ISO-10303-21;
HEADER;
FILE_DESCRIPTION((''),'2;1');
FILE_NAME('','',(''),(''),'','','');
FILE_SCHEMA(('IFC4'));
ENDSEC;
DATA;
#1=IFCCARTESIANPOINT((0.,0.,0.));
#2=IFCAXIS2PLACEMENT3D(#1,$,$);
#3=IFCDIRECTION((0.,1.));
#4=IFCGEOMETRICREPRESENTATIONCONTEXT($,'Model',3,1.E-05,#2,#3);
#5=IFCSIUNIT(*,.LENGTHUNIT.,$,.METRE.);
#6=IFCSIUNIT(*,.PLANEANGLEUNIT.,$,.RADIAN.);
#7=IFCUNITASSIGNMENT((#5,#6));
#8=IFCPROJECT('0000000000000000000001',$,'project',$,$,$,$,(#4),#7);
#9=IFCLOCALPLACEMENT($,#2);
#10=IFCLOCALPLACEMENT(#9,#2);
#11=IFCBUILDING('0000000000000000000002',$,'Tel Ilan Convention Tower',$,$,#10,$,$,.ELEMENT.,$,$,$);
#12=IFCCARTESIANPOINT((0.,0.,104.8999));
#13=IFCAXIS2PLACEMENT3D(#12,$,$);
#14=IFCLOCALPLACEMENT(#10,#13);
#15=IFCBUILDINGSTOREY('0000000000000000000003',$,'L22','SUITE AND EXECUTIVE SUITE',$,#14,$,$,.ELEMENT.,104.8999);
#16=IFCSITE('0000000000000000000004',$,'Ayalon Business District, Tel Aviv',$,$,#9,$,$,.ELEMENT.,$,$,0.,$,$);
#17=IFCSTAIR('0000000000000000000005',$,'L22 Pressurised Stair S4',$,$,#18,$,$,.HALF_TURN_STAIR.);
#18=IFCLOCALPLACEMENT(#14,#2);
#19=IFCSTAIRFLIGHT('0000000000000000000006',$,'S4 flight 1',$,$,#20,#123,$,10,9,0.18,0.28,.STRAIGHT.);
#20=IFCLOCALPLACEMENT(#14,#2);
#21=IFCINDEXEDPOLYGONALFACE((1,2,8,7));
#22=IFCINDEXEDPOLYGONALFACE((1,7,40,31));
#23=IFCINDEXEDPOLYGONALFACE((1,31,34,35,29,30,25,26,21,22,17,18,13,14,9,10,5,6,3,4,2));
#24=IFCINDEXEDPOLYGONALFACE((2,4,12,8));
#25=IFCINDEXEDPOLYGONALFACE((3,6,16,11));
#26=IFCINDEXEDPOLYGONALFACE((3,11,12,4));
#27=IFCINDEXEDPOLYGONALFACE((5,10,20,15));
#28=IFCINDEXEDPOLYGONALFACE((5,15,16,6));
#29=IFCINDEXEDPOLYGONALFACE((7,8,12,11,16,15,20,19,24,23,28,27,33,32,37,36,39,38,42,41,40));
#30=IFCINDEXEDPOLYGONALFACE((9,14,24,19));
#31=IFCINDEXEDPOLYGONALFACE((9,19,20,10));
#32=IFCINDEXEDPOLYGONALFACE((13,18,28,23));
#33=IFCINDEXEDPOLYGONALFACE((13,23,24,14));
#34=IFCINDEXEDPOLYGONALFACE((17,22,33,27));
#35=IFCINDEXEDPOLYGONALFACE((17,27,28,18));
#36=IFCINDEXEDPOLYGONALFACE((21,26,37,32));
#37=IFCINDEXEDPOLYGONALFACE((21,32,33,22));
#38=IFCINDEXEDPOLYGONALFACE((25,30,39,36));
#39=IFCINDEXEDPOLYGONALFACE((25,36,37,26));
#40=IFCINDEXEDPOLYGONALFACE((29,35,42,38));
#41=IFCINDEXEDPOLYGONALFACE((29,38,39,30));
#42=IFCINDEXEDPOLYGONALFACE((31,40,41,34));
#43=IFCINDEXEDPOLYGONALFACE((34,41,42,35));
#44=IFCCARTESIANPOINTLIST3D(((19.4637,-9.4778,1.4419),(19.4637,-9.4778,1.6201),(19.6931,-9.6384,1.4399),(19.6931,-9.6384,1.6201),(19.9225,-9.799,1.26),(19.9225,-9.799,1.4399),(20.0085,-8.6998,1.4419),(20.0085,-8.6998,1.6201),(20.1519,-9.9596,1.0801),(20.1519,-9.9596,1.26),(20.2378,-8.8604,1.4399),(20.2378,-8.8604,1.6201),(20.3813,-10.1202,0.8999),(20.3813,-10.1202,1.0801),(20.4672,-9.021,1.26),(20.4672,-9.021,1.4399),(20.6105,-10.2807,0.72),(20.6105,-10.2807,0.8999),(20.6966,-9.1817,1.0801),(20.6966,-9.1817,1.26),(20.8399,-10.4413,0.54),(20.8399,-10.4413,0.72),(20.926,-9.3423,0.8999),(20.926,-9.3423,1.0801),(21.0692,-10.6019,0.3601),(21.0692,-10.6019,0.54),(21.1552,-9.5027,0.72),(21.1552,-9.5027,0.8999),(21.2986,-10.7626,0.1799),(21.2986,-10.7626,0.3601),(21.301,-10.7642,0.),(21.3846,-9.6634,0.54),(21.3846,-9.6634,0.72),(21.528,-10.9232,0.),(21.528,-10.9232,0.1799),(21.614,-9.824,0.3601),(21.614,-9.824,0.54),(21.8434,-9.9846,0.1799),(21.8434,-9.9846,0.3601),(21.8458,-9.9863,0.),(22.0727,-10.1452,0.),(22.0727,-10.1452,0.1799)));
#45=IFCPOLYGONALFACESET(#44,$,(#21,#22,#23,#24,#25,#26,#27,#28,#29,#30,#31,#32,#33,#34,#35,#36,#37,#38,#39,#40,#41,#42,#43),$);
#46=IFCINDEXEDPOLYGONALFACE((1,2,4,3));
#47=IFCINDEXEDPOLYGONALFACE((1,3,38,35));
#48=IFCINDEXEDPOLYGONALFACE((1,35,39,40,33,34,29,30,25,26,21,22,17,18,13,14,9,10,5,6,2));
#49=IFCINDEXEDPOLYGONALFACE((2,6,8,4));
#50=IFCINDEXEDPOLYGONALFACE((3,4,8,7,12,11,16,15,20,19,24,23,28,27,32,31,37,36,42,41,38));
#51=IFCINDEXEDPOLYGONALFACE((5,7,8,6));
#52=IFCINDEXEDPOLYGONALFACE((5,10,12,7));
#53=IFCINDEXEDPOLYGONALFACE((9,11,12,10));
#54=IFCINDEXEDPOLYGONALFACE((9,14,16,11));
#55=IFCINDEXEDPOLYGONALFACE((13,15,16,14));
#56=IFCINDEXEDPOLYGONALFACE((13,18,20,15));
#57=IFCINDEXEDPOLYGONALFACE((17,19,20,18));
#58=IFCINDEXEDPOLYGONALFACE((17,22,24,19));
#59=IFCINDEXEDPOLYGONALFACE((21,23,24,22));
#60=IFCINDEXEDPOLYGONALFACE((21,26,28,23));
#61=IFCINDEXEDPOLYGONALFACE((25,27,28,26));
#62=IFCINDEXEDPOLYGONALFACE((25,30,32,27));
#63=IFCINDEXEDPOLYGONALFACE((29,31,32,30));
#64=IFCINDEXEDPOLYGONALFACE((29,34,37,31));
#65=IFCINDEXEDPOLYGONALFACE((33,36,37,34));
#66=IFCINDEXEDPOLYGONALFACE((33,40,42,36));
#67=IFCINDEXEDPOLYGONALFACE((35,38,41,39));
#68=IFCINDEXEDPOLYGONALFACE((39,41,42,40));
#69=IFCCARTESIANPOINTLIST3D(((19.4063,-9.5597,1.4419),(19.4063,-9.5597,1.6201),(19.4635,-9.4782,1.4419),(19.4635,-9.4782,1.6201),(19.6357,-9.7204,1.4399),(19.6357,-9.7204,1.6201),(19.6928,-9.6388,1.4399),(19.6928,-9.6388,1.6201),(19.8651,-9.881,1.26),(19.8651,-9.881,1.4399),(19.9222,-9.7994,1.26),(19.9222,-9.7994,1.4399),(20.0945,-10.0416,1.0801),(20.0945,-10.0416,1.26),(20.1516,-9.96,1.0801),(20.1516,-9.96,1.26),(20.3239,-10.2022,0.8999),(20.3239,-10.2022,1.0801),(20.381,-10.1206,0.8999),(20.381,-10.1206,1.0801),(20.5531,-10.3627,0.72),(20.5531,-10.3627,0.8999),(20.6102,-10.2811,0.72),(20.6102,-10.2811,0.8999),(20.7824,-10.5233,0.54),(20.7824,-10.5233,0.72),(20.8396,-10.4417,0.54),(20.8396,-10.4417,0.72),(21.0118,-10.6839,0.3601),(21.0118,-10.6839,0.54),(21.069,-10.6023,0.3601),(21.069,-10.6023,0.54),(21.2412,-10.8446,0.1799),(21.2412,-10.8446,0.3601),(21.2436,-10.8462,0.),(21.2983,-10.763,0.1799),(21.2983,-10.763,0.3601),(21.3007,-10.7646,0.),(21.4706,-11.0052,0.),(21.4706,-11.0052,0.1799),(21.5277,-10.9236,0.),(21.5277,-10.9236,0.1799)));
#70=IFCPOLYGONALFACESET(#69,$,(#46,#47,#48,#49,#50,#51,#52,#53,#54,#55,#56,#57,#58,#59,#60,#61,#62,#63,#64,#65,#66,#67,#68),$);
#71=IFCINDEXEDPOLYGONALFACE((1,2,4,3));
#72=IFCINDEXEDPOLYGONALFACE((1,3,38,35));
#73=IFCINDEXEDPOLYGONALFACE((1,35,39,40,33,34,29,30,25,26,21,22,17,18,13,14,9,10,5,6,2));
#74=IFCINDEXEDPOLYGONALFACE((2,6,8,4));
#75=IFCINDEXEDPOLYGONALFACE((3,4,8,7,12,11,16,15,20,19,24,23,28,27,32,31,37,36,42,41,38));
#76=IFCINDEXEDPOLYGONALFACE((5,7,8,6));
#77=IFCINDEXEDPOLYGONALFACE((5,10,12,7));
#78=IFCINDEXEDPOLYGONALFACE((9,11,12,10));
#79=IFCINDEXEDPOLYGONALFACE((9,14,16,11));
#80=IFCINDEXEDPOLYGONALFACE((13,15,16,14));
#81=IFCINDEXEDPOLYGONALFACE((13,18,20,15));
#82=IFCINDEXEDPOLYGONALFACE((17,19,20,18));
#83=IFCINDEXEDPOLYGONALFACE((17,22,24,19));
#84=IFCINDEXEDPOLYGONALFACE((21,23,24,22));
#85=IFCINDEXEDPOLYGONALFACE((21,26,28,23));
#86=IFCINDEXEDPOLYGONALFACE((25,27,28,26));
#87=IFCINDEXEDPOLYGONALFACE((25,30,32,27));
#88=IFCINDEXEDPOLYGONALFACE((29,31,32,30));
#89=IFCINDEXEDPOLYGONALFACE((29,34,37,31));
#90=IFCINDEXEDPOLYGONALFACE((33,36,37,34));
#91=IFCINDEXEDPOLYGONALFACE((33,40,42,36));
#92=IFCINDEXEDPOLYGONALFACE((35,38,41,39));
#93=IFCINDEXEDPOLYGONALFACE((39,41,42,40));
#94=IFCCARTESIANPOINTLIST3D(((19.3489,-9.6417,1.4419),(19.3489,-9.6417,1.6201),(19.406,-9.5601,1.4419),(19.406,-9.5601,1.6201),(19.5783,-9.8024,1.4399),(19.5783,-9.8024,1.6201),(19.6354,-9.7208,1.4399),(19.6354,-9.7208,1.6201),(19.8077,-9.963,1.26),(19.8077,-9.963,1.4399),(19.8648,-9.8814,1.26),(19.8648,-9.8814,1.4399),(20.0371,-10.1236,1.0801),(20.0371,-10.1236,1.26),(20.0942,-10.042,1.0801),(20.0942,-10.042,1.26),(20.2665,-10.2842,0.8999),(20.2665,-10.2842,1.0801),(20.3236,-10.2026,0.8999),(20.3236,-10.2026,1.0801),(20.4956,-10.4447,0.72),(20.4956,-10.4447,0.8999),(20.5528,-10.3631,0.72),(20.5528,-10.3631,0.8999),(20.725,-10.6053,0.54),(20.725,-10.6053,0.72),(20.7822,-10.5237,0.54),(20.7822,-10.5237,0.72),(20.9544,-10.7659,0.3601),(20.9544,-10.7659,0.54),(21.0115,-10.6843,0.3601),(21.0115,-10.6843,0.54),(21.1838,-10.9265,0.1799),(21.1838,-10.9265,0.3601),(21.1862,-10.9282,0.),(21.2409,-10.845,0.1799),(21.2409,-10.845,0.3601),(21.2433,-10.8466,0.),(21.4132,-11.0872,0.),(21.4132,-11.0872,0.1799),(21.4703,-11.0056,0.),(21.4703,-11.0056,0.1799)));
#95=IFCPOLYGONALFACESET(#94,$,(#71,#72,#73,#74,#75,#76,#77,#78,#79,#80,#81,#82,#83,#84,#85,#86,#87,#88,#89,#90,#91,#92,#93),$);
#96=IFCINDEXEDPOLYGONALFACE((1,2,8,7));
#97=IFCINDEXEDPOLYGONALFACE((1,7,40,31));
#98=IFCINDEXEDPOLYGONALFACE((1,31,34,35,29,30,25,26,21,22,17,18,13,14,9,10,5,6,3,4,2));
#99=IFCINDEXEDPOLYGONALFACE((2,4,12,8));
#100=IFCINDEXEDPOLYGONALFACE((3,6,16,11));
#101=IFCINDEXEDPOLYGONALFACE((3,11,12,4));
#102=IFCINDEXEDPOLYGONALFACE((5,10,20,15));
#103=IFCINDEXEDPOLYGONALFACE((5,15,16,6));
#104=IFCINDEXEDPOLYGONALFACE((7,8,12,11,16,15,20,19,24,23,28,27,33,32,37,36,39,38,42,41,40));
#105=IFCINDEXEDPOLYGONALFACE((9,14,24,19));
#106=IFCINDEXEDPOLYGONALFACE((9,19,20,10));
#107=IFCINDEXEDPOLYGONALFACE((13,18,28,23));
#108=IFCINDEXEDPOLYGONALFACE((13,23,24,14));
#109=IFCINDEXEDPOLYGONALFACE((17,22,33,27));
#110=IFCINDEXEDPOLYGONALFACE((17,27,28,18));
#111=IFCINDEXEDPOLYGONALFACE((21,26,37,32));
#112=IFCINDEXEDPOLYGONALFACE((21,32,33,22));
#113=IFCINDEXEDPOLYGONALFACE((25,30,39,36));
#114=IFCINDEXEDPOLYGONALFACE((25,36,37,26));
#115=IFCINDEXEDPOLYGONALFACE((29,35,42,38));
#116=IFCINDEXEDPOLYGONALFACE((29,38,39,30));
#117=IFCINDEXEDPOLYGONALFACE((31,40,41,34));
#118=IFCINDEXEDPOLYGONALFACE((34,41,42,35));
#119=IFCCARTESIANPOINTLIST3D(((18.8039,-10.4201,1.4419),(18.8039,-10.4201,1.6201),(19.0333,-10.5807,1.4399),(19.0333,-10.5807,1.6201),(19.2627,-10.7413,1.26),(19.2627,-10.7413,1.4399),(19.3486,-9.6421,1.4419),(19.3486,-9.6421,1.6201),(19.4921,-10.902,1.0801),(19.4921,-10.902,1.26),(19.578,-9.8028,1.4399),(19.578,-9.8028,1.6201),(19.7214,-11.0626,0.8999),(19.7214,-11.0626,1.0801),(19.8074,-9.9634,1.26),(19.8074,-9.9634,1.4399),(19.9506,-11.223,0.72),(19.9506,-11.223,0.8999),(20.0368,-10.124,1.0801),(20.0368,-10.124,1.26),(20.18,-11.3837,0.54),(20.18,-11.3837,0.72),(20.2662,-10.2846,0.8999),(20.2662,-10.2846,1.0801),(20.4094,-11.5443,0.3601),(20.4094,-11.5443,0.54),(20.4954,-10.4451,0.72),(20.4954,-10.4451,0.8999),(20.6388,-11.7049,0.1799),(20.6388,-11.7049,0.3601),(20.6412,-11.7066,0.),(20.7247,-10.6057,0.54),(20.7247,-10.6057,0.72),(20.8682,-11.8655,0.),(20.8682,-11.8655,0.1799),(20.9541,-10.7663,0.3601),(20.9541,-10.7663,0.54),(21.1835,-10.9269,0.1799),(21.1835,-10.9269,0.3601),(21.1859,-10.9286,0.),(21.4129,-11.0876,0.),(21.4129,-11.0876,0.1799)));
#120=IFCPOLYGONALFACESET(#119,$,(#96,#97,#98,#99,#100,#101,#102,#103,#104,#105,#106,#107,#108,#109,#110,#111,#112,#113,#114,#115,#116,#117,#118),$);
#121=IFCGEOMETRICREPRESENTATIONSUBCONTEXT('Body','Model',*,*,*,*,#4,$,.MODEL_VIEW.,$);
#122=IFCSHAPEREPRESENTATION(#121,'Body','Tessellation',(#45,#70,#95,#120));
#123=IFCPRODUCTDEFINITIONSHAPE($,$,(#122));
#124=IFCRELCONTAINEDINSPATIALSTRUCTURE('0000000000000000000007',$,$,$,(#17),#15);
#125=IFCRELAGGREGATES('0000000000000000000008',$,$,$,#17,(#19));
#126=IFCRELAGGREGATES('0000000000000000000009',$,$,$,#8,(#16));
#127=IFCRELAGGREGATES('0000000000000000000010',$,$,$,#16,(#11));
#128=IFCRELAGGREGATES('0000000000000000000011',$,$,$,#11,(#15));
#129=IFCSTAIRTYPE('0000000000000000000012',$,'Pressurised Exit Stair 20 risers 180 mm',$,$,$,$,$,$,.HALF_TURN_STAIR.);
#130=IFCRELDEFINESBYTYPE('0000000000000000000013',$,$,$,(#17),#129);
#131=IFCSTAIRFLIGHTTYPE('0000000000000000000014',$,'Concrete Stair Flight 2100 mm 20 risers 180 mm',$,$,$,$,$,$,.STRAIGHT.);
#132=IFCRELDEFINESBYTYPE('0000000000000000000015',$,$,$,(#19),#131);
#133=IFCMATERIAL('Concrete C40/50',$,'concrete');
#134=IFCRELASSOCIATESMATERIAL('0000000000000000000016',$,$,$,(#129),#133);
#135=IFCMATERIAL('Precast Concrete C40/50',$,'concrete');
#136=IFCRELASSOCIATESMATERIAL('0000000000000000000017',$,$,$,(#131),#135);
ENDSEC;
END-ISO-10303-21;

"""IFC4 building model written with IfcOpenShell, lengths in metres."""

from ifc_helpers import new_model, si_unit, direction, frame, origin, place, context, subcontext, project, spatial, polyline, outline, extrude, material, type_object, element, aggregate, save


model = new_model("IFC4")

# Units and contexts
model_context = context("Model", 3, precision=1e-05, world=origin(), true_north=direction((0.0, 1.0)))
body_context = subcontext(model_context, "Body", "Model", "MODEL_VIEW")
ifc_project = project(units=[si_unit("LENGTHUNIT", "METRE"), si_unit("PLANEANGLEUNIT", "RADIAN")], contexts=[model_context])

# Site, building, storey
site_placement = place(None, origin())
site = spatial("IfcSite", under=ifc_project, at=site_placement, Name="Ayalon Business District, Tel Aviv", CompositionType="ELEMENT", RefElevation=0.0)
building_placement = place(site_placement, origin())
building = spatial("IfcBuilding", under=site, at=building_placement, Name="Tel Ilan Convention Tower", CompositionType="ELEMENT")
storey_placement = place(building_placement, frame((0.0, 0.0, 104.8999)))
storey = spatial("IfcBuildingStorey", under=building, at=storey_placement, Name="L22", Description="SUITE AND EXECUTIVE SUITE", CompositionType="ELEMENT", Elevation=104.8999)

# Shared definitions
ifc_material_1 = material(Name="Concrete C40/50", Category="concrete")
stair_type = type_object("IfcStairType", Name="Pressurised Exit Stair 20 risers 180 mm", PredefinedType="HALF_TURN_STAIR", material=ifc_material_1)
ifc_material_2 = material(Name="Precast Concrete C40/50", Category="concrete")
stair_flight_type = type_object("IfcStairFlightType", Name="Concrete Stair Flight 2100 mm 20 risers 180 mm", PredefinedType="STRAIGHT", material=ifc_material_2)

# Stair, stair flight
stair_1_placement = place(storey_placement, origin())
stair_1 = element("IfcStair", 1, at=stair_1_placement, inside=storey, type_object=stair_type, Name="L22 Pressurised Stair S4", PredefinedType="HALF_TURN_STAIR")
stair_flight_1_placement = place(storey_placement, frame((21.4705, -11.0054, 0.0), z_axis=(0.0, 0.0, 1.0), x_axis=(-0.819152, 0.573576, 0.0)))
stair_flight_1 = element("IfcStairFlight", 2, at=stair_flight_1_placement, type_object=stair_flight_type, Name="S4 flight 1", NumberOfRisers=10, NumberOfTreads=9, PredefinedType="STRAIGHT", RiserHeight=0.18, TreadLength=0.28, context=body_context, shape_type="SweptSolid", body=[
    extrude(outline(polyline([(0.0, 0.0), (0.0, 0.1799), (0.28, 0.1799), (0.28, 0.3601), (0.5601, 0.3601), (0.5601, 0.54), (0.8401, 0.54), (0.8401, 0.72), (1.1201, 0.72), (1.1201, 0.8999), (1.3999, 0.8999), (1.3999, 1.0801), (1.6799, 1.0801), (1.6799, 1.26), (1.96, 1.26), (1.96, 1.4399), (2.24, 1.4399), (2.24, 1.6201), (2.52, 1.6201), (2.52, 1.8), (2.52, 1.4419), (0.2771, 0.0), (0.0, 0.0)])), frame((0.0, -0.1003, 0.0), z_axis=(0.0, -1.0, 0.0), x_axis=(1.0, 0.0, 0.0)), (0.0, 0.0, 1.0), 0.9497),
    extrude(outline(polyline([(0.0, 0.0), (0.0, 0.1799), (0.28, 0.1799), (0.28, 0.3601), (0.5601, 0.3601), (0.5601, 0.54), (0.8401, 0.54), (0.8401, 0.72), (1.1201, 0.72), (1.1201, 0.8999), (1.3999, 0.8999), (1.3999, 1.0801), (1.6799, 1.0801), (1.6799, 1.26), (1.96, 1.26), (1.96, 1.4399), (2.24, 1.4399), (2.24, 1.6201), (2.52, 1.6201), (2.52, 1.8), (2.52, 1.4419), (0.2771, 0.0), (0.0, 0.0)])), frame((0.0, -0.0002, 0.0), z_axis=(0.0, -1.0, 0.0), x_axis=(1.0, 0.0, 0.0)), (0.0, 0.0, 1.0), 0.0996),
    extrude(outline(polyline([(0.0, 0.0), (0.0, 0.1799), (0.28, 0.1799), (0.28, 0.3601), (0.5601, 0.3601), (0.5601, 0.54), (0.8401, 0.54), (0.8401, 0.72), (1.1201, 0.72), (1.1201, 0.8999), (1.3999, 0.8999), (1.3999, 1.0801), (1.6799, 1.0801), (1.6799, 1.26), (1.96, 1.26), (1.96, 1.4399), (2.24, 1.4399), (2.24, 1.6201), (2.52, 1.6201), (2.52, 1.8), (2.52, 1.4419), (0.2771, 0.0), (0.0, 0.0)])), frame((0.0, 0.0999, 0.0), z_axis=(0.0, -1.0, 0.0), x_axis=(1.0, 0.0, 0.0)), (0.0, 0.0, 1.0), 0.0996),
    extrude(outline(polyline([(0.0, 0.0), (0.0, 0.1799), (0.28, 0.1799), (0.28, 0.3601), (0.5601, 0.3601), (0.5601, 0.54), (0.8401, 0.54), (0.8401, 0.72), (1.1201, 0.72), (1.1201, 0.8999), (1.3999, 0.8999), (1.3999, 1.0801), (1.6799, 1.0801), (1.6799, 1.26), (1.96, 1.26), (1.96, 1.4399), (2.24, 1.4399), (2.24, 1.6201), (2.52, 1.6201), (2.52, 1.8), (2.52, 1.4419), (0.2771, 0.0), (0.0, 0.0)])), frame((0.0, 1.05, 0.0), z_axis=(0.0, -1.0, 0.0), x_axis=(1.0, 0.0, 0.0)), (0.0, 0.0, 1.0), 0.9497),
])
aggregate(stair_1, [stair_flight_1])

save(model, "model.ifc")
